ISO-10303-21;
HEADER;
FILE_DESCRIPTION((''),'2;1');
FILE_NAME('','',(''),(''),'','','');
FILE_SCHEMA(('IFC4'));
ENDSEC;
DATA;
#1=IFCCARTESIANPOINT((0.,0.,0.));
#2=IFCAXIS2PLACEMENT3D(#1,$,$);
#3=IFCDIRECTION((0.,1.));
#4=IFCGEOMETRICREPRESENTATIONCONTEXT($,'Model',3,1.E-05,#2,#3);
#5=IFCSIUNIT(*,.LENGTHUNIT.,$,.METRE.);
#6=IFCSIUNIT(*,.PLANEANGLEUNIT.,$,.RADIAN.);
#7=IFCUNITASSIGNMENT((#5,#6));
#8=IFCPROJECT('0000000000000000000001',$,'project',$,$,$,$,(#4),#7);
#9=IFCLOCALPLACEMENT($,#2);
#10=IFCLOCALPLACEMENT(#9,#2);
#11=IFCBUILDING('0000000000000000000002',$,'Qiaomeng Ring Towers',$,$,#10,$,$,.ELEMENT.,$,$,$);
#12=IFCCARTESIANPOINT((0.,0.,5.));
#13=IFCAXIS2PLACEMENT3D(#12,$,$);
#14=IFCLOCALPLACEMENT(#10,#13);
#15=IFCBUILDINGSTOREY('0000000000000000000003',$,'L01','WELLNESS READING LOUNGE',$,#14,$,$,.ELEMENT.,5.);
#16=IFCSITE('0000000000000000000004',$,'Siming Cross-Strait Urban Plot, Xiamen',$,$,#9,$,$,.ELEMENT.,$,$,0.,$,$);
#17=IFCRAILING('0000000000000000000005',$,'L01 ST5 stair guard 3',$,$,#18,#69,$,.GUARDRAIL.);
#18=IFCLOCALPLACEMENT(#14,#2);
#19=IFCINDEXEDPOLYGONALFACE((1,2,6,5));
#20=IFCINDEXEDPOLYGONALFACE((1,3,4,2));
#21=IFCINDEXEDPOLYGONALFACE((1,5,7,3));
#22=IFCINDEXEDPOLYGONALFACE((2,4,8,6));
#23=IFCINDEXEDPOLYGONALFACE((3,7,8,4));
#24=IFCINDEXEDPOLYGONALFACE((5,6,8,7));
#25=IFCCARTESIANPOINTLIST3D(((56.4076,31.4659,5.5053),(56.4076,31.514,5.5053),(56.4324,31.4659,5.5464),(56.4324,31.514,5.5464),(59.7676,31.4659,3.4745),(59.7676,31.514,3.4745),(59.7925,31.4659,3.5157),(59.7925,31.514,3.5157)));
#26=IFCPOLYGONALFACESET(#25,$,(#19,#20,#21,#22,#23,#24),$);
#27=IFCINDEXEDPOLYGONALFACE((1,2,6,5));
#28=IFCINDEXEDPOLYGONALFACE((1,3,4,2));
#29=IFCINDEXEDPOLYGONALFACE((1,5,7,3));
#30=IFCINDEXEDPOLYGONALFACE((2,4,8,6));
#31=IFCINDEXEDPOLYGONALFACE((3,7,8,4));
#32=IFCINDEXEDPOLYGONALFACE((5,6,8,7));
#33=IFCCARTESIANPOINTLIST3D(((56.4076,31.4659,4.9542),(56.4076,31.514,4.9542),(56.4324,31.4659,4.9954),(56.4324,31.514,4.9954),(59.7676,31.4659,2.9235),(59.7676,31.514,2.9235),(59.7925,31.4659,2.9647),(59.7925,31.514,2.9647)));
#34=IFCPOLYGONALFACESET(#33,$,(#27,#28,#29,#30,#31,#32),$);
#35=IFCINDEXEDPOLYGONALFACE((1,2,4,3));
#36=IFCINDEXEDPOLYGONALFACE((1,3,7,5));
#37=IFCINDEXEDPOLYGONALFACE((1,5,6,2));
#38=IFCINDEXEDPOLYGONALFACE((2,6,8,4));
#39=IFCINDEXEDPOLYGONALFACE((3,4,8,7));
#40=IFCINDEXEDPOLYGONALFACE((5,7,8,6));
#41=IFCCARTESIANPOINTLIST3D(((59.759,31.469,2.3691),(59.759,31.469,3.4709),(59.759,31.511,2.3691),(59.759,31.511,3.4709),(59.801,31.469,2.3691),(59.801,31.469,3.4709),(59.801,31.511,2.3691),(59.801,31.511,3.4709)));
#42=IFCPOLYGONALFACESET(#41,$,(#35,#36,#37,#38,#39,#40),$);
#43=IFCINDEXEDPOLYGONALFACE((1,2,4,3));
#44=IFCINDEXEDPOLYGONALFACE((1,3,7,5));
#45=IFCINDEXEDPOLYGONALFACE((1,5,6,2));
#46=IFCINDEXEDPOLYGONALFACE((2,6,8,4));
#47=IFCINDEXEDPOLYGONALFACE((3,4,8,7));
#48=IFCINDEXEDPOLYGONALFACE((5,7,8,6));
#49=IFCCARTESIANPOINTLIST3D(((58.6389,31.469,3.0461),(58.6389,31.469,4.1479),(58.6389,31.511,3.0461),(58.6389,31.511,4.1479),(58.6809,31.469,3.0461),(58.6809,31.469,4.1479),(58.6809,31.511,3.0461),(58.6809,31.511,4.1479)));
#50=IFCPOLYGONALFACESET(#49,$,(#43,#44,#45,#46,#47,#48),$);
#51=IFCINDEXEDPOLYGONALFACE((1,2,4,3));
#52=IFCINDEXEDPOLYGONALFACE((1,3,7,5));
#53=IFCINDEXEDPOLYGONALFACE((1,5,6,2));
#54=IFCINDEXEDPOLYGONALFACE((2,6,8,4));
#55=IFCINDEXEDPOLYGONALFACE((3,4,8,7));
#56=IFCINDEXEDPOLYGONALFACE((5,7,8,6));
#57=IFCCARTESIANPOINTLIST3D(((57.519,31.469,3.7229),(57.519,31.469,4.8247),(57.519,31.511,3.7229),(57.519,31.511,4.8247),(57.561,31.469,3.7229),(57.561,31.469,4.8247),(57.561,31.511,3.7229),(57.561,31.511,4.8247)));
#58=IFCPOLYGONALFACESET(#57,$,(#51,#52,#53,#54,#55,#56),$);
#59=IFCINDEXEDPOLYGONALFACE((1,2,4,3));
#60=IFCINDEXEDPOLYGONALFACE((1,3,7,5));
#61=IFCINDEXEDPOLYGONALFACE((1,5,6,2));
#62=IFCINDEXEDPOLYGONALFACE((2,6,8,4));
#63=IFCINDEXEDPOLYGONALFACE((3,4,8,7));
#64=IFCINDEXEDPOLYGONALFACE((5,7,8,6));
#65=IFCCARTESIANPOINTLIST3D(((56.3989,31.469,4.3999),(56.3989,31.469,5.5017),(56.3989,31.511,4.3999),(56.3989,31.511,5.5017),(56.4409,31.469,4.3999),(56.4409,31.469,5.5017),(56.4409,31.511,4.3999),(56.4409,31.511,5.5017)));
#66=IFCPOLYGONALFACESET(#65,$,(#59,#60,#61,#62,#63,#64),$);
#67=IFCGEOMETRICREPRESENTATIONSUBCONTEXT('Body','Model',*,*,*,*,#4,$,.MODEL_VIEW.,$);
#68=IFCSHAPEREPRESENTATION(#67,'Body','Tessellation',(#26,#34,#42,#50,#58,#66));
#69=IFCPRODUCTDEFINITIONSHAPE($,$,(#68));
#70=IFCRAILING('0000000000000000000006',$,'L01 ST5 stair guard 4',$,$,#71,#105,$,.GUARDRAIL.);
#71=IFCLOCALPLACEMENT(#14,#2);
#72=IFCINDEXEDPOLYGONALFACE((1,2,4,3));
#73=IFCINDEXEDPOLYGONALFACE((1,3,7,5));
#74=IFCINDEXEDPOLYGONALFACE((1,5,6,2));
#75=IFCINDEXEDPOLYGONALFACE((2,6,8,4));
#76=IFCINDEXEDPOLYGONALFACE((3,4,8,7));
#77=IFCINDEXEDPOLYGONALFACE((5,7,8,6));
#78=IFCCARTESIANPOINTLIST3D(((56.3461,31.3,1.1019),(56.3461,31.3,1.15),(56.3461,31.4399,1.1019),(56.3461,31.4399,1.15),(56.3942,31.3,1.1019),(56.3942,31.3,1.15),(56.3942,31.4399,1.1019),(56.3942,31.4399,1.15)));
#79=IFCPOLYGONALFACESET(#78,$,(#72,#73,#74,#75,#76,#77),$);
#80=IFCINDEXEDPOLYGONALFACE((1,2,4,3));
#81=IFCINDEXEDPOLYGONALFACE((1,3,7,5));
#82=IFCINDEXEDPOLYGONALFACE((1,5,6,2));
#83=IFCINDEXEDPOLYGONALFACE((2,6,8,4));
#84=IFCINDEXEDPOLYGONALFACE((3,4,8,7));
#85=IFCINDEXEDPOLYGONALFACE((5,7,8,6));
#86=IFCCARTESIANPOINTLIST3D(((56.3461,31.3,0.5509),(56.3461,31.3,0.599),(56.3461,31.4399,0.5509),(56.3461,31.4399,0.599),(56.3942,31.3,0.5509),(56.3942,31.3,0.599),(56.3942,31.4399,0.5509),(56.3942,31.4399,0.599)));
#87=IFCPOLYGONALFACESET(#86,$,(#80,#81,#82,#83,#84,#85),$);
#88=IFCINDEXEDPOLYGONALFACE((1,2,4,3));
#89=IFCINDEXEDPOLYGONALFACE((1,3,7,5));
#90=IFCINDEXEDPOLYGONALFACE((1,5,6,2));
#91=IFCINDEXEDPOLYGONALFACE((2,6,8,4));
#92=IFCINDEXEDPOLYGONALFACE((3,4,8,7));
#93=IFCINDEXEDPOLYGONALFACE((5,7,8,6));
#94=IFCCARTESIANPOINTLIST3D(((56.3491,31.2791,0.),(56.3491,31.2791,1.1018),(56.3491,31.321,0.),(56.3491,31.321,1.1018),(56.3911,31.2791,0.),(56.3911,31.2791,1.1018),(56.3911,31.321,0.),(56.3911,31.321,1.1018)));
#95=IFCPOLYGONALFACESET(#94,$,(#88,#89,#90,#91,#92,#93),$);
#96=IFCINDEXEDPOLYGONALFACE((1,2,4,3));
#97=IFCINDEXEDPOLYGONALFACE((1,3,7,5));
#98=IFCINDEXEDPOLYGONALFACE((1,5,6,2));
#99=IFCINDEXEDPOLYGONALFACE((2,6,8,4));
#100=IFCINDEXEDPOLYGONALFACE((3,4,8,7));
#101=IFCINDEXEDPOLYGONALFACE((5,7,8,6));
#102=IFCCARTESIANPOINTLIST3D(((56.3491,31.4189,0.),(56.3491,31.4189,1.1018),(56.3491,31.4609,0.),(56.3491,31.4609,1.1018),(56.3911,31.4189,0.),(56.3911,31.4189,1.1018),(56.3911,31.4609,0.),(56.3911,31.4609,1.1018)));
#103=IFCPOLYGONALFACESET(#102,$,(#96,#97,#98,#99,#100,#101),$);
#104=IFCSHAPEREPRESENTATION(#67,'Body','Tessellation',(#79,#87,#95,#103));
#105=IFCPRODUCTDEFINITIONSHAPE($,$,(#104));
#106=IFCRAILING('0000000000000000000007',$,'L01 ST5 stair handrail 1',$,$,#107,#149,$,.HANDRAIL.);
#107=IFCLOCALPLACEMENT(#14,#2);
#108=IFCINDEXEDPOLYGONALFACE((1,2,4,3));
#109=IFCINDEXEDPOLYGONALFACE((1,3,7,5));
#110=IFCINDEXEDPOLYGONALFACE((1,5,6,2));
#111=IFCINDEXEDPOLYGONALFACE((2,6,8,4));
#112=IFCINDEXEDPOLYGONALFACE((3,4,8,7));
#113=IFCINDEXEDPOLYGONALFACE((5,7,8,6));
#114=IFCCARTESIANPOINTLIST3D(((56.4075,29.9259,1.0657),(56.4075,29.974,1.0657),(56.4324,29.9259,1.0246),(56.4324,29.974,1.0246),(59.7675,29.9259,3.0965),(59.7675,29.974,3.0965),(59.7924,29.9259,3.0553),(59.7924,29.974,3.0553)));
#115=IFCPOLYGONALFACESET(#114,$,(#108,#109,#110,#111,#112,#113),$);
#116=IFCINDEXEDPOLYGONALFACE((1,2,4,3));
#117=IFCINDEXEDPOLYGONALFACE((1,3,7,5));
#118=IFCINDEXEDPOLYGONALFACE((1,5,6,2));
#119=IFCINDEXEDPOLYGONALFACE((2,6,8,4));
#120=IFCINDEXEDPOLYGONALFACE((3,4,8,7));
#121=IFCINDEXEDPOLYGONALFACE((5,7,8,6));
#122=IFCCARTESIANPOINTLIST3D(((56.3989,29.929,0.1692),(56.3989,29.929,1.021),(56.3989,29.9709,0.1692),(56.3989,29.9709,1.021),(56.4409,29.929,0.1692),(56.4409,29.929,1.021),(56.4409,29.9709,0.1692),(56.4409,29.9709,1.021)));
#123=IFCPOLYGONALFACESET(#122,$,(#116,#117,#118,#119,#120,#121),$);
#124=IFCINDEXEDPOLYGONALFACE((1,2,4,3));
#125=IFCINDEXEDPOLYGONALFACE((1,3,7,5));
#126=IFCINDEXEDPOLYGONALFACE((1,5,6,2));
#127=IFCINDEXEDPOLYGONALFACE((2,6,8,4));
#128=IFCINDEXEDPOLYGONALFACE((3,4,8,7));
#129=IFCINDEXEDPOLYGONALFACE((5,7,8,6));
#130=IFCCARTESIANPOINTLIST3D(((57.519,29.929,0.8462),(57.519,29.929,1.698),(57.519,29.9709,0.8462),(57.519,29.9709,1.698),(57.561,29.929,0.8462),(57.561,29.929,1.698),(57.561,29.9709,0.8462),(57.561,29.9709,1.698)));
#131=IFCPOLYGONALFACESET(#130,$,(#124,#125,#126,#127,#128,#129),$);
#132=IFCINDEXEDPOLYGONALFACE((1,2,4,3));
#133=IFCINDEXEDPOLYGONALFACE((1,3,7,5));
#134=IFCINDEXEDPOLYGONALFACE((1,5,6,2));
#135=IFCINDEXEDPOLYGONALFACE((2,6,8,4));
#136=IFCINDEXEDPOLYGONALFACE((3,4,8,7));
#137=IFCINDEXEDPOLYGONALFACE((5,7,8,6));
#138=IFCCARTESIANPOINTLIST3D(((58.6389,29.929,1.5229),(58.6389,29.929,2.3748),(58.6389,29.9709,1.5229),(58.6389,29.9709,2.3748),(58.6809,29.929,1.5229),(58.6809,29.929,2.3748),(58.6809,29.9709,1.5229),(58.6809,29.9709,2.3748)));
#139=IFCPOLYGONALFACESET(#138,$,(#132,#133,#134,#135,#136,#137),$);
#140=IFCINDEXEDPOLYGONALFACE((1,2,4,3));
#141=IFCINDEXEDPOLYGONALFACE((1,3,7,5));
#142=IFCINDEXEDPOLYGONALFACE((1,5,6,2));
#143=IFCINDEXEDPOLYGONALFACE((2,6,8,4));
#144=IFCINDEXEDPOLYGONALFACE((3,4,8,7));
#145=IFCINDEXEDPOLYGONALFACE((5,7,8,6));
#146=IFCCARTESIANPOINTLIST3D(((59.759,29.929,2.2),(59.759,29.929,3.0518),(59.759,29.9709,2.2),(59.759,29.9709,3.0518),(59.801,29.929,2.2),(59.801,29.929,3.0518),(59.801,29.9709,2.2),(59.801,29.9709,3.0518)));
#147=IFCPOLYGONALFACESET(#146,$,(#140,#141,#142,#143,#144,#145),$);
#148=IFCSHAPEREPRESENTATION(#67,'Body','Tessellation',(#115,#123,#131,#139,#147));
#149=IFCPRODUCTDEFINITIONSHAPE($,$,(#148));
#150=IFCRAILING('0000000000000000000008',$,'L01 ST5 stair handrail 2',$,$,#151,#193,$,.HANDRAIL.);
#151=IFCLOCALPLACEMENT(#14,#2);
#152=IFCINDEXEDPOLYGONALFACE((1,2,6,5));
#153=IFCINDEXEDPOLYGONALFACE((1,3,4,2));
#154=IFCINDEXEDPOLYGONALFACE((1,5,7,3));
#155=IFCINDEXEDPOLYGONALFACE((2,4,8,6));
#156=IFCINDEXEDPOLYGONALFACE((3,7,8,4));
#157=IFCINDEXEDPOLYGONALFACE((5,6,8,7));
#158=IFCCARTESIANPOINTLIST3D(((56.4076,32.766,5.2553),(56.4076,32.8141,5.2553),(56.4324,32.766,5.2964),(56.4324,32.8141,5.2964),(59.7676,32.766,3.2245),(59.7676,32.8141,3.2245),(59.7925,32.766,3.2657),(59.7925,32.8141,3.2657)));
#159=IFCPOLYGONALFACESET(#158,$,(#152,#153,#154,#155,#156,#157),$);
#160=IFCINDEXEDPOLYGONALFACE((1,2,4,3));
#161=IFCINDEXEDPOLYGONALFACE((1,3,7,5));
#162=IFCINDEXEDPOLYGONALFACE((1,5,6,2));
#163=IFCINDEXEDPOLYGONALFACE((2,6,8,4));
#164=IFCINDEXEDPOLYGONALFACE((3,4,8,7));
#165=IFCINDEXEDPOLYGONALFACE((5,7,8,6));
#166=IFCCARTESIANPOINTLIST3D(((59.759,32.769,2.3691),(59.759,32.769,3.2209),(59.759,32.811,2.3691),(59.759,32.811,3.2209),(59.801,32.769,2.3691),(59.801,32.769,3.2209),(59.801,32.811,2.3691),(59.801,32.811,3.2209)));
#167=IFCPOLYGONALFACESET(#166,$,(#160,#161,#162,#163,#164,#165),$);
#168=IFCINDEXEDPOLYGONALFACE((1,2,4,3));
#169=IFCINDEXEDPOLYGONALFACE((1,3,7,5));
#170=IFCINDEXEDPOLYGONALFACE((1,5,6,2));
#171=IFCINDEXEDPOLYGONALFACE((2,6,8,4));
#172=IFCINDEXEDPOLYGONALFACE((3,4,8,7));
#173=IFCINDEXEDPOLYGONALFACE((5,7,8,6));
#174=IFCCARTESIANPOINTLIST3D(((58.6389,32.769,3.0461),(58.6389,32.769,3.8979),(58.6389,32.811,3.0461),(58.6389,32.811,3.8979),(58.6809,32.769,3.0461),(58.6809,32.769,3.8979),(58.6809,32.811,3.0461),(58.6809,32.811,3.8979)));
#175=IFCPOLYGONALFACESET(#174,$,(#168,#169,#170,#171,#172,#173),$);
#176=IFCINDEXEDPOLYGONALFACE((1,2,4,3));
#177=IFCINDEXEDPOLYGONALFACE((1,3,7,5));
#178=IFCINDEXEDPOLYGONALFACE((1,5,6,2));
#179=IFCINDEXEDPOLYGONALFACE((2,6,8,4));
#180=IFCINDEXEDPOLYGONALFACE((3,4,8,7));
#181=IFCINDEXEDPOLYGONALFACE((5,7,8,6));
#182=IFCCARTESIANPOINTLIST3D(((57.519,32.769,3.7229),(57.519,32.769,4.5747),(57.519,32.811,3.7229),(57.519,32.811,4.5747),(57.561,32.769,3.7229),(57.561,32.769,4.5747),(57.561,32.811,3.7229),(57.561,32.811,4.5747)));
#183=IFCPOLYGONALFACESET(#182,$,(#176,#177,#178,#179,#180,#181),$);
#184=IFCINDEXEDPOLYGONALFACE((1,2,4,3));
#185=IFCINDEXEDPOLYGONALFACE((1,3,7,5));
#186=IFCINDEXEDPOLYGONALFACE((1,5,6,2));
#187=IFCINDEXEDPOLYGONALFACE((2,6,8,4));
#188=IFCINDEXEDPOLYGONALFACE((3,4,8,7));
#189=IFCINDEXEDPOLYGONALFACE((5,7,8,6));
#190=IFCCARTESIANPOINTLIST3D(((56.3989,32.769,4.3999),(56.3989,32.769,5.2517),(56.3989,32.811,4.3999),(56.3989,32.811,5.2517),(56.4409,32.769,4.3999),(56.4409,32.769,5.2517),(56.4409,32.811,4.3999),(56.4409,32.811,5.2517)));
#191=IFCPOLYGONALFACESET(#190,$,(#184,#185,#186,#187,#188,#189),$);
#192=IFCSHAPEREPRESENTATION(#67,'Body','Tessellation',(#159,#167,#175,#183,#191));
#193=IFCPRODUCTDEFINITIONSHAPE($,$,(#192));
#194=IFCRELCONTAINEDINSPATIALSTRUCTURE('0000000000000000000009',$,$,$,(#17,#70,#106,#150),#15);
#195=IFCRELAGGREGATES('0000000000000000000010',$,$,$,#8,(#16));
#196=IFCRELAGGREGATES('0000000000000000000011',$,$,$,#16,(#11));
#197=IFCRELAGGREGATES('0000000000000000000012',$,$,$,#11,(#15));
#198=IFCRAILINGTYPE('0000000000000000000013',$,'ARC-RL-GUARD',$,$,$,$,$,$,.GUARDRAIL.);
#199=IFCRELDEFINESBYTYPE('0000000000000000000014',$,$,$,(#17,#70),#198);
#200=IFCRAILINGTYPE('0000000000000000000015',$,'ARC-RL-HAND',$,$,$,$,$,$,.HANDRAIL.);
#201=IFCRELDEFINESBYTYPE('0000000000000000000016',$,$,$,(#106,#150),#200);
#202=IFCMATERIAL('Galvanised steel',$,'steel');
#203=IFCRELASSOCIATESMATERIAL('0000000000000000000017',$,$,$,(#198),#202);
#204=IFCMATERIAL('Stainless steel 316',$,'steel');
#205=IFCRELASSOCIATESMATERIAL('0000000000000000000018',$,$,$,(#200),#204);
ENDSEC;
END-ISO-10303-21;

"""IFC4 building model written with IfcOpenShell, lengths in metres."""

from ifc_helpers import new_model, si_unit, direction, frame, origin, origin_2d, place, context, subcontext, project, spatial, rectangle, extrude, material, type_object, element, save


model = new_model("IFC4")

# Units and contexts
model_context = context("Model", 3, precision=1e-05, world=origin(), true_north=direction((0.0, 1.0)))
body_context = subcontext(model_context, "Body", "Model", "MODEL_VIEW")
ifc_project = project(units=[si_unit("LENGTHUNIT", "METRE"), si_unit("PLANEANGLEUNIT", "RADIAN")], contexts=[model_context])

# Site, building, storey
site_placement = place(None, origin())
site = spatial("IfcSite", under=ifc_project, at=site_placement, Name="Siming Cross-Strait Urban Plot, Xiamen", CompositionType="ELEMENT", RefElevation=0.0)
building_placement = place(site_placement, origin())
building = spatial("IfcBuilding", under=site, at=building_placement, Name="Qiaomeng Ring Towers", CompositionType="ELEMENT")
storey_placement = place(building_placement, frame((0.0, 0.0, 5.0)))
storey = spatial("IfcBuildingStorey", under=building, at=storey_placement, Name="L01", Description="WELLNESS READING LOUNGE", CompositionType="ELEMENT", Elevation=5.0)

# Shared definitions
ifc_material_1 = material(Name="Galvanised steel", Category="steel")

# Railings
railing_type_1 = type_object("IfcRailingType", Name="ARC-RL-GUARD", PredefinedType="GUARDRAIL", material=ifc_material_1)
railing_1_placement = place(storey_placement, frame((59.78, 31.49, 2.3691)))
element("IfcRailing", 1, at=railing_1_placement, inside=storey, type_object=railing_type_1, Name="L01 ST5 stair guard 3", PredefinedType="GUARDRAIL", context=body_context, shape_type="SweptSolid", body=[
    extrude(rectangle(XDim=0.0481, YDim=0.0481, at=origin_2d()), frame((0.0, 0.0, 1.126), z_axis=(-0.855837, 0.0, 0.517246), x_axis=(0.0, -1.0, 0.0)), (0.0, 0.0, 1.0), 3.926),
    extrude(rectangle(XDim=0.0481, YDim=0.0481, at=origin_2d()), frame((0.0, 0.0, 0.575), z_axis=(-0.855837, 0.0, 0.517246), x_axis=(0.0, -1.0, 0.0)), (0.0, 0.0, 1.0), 3.926),
    extrude(rectangle(XDim=0.042, YDim=0.042, at=origin_2d()), origin(), (0.0, 0.0, 1.0), 1.1018),
    extrude(rectangle(XDim=0.042, YDim=0.042, at=origin_2d()), frame((-1.1201, 0.0, 0.677)), (0.0, 0.0, 1.0), 1.1018),
    extrude(rectangle(XDim=0.042, YDim=0.042, at=origin_2d()), frame((-2.24, 0.0, 1.3538)), (0.0, 0.0, 1.0), 1.1018),
    extrude(rectangle(XDim=0.042, YDim=0.042, at=origin_2d()), frame((-3.3601, 0.0, 2.0308)), (0.0, 0.0, 1.0), 1.1018),
])
railing_2_placement = place(storey_placement, frame((56.3701, 31.3, 0.0)))
element("IfcRailing", 2, at=railing_2_placement, inside=storey, type_object=railing_type_1, Name="L01 ST5 stair guard 4", PredefinedType="GUARDRAIL", context=body_context, shape_type="SweptSolid", body=[
    extrude(rectangle(XDim=0.0481, YDim=0.0481, at=origin_2d()), frame((0.0, 0.0, 1.126), z_axis=(0.0, 1.0, 0.0), x_axis=(-1.0, 0.0, 0.0)), (0.0, 0.0, 1.0), 0.1399),
    extrude(rectangle(XDim=0.0481, YDim=0.0481, at=origin_2d()), frame((0.0, 0.0, 0.575), z_axis=(0.0, 1.0, 0.0), x_axis=(-1.0, 0.0, 0.0)), (0.0, 0.0, 1.0), 0.1399),
    extrude(rectangle(XDim=0.042, YDim=0.042, at=origin_2d()), origin(), (0.0, 0.0, 1.0), 1.1018),
    extrude(rectangle(XDim=0.042, YDim=0.042, at=origin_2d()), frame((0.0, 0.1399, 0.0)), (0.0, 0.0, 1.0), 1.1018),
])
ifc_material_2 = material(Name="Stainless steel 316", Category="steel")
railing_type_2 = type_object("IfcRailingType", Name="ARC-RL-HAND", PredefinedType="HANDRAIL", material=ifc_material_2)
railing_3_placement = place(storey_placement, frame((56.4199, 29.95, 0.1692)))
element("IfcRailing", 3, at=railing_3_placement, inside=storey, type_object=railing_type_2, Name="L01 ST5 stair handrail 1", PredefinedType="HANDRAIL", context=body_context, shape_type="SweptSolid", body=[
    extrude(rectangle(XDim=0.0481, YDim=0.0481, at=origin_2d()), frame((0.0, 0.0, 0.876), z_axis=(0.855837, 0.0, 0.517246), x_axis=(0.0, 1.0, 0.0)), (0.0, 0.0, 1.0), 3.926),
    extrude(rectangle(XDim=0.042, YDim=0.042, at=origin_2d()), origin(), (0.0, 0.0, 1.0), 0.8518),
    extrude(rectangle(XDim=0.042, YDim=0.042, at=origin_2d()), frame((1.1201, 0.0, 0.677)), (0.0, 0.0, 1.0), 0.8518),
    extrude(rectangle(XDim=0.042, YDim=0.042, at=origin_2d()), frame((2.24, 0.0, 1.3538)), (0.0, 0.0, 1.0), 0.8518),
    extrude(rectangle(XDim=0.042, YDim=0.042, at=origin_2d()), frame((3.3601, 0.0, 2.0308)), (0.0, 0.0, 1.0), 0.8518),
])
railing_4_placement = place(storey_placement, frame((59.78, 32.79, 2.3691)))
element("IfcRailing", 4, at=railing_4_placement, inside=storey, type_object=railing_type_2, Name="L01 ST5 stair handrail 2", PredefinedType="HANDRAIL", context=body_context, shape_type="SweptSolid", body=[
    extrude(rectangle(XDim=0.0481, YDim=0.0481, at=origin_2d()), frame((0.0, 0.0, 0.876), z_axis=(-0.855837, 0.0, 0.517246), x_axis=(0.0, -1.0, 0.0)), (0.0, 0.0, 1.0), 3.926),
    extrude(rectangle(XDim=0.042, YDim=0.042, at=origin_2d()), origin(), (0.0, 0.0, 1.0), 0.8518),
    extrude(rectangle(XDim=0.042, YDim=0.042, at=origin_2d()), frame((-1.1201, 0.0, 0.677)), (0.0, 0.0, 1.0), 0.8518),
    extrude(rectangle(XDim=0.042, YDim=0.042, at=origin_2d()), frame((-2.24, 0.0, 1.3538)), (0.0, 0.0, 1.0), 0.8518),
    extrude(rectangle(XDim=0.042, YDim=0.042, at=origin_2d()), frame((-3.3601, 0.0, 2.0308)), (0.0, 0.0, 1.0), 0.8518),
])

save(model, "model.ifc")
